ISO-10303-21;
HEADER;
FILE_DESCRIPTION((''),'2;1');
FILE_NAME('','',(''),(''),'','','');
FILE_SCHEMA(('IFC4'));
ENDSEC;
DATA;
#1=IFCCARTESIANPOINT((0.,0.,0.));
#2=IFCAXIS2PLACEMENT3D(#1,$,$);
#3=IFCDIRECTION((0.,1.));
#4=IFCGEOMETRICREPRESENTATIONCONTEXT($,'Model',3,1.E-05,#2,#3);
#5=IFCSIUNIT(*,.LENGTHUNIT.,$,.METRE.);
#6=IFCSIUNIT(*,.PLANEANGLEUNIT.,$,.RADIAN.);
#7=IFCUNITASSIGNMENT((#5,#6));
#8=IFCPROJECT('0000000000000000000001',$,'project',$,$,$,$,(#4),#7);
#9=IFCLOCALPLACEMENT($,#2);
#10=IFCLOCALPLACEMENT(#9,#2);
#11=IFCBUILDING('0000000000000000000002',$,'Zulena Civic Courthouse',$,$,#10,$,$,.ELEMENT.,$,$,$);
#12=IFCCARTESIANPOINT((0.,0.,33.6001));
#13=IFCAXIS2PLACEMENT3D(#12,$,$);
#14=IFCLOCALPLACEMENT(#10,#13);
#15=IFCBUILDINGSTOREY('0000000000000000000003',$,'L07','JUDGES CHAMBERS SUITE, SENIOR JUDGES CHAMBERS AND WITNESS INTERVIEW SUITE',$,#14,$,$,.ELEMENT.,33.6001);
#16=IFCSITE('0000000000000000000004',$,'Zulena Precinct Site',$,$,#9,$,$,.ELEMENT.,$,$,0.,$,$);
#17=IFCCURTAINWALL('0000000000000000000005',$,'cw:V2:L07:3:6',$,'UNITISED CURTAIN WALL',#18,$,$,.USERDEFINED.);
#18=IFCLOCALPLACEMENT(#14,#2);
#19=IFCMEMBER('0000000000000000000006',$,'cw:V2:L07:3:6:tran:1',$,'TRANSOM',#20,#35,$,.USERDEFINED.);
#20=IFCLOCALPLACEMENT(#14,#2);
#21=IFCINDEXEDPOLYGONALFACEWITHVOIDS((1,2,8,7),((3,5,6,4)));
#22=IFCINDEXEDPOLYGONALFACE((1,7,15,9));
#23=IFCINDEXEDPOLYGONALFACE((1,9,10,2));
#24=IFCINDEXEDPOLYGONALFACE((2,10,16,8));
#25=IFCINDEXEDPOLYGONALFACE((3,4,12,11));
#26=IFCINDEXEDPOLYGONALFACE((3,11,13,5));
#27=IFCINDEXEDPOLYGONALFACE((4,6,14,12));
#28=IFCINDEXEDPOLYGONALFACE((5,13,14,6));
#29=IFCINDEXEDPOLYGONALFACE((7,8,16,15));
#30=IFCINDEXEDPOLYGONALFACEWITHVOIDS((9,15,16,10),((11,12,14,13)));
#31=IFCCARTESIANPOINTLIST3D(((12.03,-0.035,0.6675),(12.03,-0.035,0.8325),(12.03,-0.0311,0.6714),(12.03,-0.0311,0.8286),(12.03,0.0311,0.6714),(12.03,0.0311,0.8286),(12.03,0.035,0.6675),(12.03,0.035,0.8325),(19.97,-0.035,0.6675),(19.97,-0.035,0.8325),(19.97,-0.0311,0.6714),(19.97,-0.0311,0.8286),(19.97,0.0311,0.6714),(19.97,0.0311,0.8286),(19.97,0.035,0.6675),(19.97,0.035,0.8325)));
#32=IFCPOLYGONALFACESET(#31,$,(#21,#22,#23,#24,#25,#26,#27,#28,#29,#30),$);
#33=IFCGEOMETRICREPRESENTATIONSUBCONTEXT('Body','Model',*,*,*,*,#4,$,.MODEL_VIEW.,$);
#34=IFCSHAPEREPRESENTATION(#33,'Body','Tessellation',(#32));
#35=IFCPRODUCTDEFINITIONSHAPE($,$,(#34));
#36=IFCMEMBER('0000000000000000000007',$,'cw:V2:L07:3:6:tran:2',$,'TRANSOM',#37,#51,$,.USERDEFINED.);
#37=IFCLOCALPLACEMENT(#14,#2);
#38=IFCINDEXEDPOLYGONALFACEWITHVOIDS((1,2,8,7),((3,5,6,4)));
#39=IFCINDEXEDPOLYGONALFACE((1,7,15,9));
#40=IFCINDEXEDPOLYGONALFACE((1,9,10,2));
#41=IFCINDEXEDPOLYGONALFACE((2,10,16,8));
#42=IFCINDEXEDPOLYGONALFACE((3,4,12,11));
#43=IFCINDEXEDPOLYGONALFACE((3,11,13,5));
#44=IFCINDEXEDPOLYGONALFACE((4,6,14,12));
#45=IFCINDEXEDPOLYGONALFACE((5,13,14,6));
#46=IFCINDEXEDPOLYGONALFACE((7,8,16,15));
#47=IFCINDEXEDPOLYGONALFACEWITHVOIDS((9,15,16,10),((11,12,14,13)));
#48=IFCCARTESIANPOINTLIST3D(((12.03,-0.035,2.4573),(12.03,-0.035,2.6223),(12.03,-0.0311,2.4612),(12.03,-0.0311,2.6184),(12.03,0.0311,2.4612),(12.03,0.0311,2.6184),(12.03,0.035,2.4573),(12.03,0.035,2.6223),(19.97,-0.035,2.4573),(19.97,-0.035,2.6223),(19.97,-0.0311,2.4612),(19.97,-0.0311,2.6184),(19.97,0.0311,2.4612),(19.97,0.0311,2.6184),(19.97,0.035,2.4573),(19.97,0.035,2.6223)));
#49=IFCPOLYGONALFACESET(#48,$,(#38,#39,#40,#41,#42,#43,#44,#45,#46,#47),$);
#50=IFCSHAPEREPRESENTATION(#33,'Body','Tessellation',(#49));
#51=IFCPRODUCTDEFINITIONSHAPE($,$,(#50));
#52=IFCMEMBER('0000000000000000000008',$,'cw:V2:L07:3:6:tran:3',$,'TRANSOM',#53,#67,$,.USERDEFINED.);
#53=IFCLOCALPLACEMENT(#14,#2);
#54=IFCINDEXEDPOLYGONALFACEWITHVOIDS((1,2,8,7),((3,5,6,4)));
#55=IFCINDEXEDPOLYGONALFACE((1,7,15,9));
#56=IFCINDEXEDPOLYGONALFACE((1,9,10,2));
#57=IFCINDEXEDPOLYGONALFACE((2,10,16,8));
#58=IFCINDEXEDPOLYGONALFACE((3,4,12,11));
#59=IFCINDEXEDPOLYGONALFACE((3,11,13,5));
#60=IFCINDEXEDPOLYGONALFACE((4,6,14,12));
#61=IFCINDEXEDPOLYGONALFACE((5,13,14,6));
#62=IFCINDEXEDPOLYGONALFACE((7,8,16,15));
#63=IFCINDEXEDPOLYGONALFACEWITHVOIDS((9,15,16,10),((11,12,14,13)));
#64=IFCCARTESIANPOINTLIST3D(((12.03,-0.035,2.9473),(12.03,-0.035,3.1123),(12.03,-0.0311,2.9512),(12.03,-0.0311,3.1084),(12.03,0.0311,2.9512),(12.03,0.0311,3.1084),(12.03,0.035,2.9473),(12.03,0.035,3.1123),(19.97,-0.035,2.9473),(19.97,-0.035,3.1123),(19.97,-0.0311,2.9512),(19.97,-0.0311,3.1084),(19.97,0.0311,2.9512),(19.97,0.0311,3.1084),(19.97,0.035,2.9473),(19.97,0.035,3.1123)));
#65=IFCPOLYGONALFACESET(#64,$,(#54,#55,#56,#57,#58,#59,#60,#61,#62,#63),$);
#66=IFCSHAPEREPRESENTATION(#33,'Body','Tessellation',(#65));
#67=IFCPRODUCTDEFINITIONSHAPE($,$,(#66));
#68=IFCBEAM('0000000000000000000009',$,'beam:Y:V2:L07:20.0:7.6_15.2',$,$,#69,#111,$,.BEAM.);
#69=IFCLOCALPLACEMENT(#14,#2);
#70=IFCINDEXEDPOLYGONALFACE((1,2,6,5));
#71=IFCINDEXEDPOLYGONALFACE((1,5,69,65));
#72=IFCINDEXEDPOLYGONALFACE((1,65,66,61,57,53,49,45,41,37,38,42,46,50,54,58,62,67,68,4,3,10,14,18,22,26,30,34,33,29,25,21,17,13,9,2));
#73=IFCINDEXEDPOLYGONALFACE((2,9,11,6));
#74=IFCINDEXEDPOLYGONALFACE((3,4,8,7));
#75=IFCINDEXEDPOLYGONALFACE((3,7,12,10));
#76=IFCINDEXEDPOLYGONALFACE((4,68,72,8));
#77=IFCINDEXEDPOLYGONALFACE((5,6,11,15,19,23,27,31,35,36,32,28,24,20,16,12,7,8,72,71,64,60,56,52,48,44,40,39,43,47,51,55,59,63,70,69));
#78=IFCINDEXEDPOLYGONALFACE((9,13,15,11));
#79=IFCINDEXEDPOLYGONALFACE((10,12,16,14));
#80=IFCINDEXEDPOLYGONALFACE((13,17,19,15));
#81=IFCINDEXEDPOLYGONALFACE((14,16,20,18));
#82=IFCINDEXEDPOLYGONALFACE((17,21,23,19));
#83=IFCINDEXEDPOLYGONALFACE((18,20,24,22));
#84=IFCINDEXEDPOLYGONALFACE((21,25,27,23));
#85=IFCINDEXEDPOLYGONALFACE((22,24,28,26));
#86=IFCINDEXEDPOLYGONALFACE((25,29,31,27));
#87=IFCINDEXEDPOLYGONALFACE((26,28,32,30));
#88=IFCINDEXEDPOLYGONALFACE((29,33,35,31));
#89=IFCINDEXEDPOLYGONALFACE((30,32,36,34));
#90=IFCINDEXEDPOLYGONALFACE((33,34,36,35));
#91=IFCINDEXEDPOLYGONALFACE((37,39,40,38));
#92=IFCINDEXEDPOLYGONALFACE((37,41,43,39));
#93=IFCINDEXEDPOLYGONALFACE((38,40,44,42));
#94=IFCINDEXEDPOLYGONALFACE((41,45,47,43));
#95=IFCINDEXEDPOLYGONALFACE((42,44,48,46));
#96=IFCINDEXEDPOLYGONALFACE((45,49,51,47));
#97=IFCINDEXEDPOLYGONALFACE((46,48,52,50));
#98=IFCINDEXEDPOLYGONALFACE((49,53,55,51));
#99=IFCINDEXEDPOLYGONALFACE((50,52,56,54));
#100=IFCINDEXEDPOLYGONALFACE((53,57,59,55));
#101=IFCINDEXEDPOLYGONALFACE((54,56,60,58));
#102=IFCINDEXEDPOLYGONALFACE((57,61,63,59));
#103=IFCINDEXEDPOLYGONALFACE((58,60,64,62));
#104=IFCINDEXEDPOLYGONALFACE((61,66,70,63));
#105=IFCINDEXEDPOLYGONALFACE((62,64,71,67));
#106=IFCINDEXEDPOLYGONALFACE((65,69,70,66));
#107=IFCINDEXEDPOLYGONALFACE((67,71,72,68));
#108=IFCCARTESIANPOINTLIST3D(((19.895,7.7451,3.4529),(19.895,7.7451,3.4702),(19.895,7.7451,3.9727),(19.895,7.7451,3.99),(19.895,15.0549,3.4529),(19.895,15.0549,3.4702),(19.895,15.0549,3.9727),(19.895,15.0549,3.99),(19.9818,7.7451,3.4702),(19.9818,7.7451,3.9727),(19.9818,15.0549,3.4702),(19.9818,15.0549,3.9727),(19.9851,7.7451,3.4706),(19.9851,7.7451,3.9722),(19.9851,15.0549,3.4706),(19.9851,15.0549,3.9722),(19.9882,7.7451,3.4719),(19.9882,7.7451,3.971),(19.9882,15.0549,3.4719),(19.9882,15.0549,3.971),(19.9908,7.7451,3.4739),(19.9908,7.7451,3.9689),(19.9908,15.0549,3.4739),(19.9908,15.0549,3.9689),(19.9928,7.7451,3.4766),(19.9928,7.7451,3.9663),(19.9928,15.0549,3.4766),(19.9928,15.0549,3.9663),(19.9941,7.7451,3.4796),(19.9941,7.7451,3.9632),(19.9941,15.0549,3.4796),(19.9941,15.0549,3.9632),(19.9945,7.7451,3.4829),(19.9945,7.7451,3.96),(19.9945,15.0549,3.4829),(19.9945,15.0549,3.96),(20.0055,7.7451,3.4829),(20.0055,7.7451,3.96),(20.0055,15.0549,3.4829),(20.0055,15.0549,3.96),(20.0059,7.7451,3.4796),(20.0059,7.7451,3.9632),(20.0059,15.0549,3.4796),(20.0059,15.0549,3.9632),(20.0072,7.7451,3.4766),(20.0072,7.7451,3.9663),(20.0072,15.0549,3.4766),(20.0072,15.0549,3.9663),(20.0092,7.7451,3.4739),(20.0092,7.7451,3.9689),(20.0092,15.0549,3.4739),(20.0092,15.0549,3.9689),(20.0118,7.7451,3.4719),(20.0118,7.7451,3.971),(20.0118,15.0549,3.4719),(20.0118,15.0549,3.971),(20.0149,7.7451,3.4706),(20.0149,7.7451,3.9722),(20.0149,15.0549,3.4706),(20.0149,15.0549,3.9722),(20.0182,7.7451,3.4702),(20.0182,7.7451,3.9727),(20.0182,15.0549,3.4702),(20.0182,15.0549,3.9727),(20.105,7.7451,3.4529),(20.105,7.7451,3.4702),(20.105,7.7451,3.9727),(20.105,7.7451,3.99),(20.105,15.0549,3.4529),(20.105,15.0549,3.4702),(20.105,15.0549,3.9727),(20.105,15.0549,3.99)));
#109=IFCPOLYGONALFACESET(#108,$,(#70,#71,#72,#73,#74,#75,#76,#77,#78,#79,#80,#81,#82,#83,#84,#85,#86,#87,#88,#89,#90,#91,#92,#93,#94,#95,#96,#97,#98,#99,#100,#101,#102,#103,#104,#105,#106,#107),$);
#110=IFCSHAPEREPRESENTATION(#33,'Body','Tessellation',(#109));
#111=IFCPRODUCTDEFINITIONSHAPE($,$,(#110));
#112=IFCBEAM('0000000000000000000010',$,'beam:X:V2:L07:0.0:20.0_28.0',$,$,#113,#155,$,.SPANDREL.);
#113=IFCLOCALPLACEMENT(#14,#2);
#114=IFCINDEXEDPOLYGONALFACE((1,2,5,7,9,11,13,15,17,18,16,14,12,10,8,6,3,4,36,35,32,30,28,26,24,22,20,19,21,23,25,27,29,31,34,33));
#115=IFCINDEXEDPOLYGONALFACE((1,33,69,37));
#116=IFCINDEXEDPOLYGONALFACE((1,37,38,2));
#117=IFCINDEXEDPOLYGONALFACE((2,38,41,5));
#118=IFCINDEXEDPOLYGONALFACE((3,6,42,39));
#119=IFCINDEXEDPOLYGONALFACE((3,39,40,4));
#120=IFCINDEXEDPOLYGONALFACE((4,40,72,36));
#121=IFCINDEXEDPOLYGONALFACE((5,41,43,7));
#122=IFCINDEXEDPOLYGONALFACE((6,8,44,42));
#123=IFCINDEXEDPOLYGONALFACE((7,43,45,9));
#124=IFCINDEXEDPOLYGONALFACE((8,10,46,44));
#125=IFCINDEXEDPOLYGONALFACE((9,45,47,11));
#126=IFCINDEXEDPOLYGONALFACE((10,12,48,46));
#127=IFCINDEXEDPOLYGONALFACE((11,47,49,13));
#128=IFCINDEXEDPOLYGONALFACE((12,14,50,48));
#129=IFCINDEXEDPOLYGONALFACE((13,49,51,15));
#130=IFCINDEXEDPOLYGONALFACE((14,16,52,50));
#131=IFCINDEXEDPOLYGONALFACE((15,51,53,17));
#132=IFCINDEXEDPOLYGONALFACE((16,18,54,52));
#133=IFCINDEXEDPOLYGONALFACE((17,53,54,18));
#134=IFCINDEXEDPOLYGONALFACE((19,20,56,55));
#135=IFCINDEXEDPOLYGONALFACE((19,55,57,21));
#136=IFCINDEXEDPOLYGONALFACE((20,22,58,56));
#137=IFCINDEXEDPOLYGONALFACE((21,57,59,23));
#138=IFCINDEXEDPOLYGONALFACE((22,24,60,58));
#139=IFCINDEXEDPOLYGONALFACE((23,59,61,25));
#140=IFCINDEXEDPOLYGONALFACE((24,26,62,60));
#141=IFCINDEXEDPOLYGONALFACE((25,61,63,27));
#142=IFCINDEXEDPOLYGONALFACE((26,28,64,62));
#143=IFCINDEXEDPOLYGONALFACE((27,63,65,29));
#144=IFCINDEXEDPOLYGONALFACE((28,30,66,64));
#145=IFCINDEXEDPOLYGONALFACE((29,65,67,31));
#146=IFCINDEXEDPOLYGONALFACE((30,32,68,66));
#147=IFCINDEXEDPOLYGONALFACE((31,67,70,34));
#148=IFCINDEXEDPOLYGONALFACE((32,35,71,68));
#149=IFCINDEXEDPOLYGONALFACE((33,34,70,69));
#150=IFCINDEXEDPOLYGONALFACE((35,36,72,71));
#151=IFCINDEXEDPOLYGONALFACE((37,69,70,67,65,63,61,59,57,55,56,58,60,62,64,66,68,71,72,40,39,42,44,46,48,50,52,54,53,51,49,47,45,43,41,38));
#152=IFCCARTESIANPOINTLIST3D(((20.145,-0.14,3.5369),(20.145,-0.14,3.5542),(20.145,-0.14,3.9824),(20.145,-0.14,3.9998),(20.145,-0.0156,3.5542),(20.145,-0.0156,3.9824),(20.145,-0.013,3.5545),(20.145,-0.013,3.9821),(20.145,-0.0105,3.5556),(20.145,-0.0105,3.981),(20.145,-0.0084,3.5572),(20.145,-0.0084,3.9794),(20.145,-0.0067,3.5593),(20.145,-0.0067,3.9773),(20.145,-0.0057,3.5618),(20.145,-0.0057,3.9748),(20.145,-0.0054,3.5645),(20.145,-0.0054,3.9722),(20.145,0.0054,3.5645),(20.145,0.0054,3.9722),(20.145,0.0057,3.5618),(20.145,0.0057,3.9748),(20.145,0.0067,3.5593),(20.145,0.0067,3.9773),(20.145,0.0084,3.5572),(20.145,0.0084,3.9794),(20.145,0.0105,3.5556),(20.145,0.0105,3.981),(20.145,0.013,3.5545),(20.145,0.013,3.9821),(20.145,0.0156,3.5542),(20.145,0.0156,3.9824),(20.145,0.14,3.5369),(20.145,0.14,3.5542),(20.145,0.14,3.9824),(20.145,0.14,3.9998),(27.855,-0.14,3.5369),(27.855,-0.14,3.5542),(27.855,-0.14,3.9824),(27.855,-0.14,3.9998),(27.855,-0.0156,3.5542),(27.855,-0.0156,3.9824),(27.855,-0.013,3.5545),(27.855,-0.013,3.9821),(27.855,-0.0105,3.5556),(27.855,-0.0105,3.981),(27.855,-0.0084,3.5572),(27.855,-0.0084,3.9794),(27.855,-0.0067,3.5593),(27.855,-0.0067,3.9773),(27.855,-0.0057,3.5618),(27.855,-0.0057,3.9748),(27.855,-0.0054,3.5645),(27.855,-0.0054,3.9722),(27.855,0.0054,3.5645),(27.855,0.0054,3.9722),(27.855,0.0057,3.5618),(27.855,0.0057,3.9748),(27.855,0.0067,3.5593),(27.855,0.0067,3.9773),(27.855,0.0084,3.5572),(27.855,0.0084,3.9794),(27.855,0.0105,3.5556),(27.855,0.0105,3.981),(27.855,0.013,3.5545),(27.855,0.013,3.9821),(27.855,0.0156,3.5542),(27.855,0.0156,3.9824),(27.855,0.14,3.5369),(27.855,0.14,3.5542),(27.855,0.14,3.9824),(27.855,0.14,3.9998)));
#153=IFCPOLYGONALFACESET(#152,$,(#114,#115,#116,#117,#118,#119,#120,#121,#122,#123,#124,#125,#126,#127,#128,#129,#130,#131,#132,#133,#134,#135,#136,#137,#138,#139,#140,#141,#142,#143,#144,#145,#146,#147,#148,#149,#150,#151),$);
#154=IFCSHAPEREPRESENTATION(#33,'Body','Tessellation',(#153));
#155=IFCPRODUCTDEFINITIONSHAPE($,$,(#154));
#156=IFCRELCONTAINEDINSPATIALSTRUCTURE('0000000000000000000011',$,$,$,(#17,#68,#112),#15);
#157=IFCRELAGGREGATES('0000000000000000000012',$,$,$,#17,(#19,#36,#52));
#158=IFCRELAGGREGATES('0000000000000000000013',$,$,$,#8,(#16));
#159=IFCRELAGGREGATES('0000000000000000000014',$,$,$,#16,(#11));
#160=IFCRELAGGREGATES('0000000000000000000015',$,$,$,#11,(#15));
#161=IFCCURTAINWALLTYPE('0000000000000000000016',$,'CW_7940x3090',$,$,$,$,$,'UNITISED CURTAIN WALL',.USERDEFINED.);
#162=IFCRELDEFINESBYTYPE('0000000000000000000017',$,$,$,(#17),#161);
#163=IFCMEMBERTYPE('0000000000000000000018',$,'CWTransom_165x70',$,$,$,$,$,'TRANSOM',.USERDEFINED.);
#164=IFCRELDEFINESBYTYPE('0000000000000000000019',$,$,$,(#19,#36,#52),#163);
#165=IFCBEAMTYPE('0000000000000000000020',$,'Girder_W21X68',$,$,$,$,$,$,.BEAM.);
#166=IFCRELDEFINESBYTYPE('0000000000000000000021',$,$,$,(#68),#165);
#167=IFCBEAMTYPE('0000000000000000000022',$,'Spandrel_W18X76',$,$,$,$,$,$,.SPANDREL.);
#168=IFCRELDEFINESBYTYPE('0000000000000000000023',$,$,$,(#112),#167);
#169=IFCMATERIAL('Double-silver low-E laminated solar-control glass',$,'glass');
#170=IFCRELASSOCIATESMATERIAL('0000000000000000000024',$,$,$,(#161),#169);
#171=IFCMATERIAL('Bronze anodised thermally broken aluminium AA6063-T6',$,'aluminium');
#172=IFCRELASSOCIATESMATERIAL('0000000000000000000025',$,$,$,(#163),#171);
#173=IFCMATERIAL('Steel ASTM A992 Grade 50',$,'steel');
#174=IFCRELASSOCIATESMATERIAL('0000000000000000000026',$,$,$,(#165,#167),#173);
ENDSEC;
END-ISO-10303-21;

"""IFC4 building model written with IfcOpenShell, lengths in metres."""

from ifc_helpers import new_model, si_unit, direction, frame, origin, origin_2d, place, context, subcontext, project, spatial, hollow_rectangle, i_section, extrude, material, material_profile, profile_set, type_object, element, aggregate, save


model = new_model("IFC4")

# Units and contexts
model_context = context("Model", 3, precision=1e-05, world=origin(), true_north=direction((0.0, 1.0)))
body_context = subcontext(model_context, "Body", "Model", "MODEL_VIEW")
ifc_project = project(units=[si_unit("LENGTHUNIT", "METRE"), si_unit("PLANEANGLEUNIT", "RADIAN")], contexts=[model_context])

# Site, building, storey
site_placement = place(None, origin())
site = spatial("IfcSite", under=ifc_project, at=site_placement, Name="Zulena Precinct Site", CompositionType="ELEMENT", RefElevation=0.0)
building_placement = place(site_placement, origin())
building = spatial("IfcBuilding", under=site, at=building_placement, Name="Zulena Civic Courthouse", CompositionType="ELEMENT")
storey_placement = place(building_placement, frame((0.0, 0.0, 33.6001)))
storey = spatial("IfcBuildingStorey", under=building, at=storey_placement, Name="L07", Description="JUDGES CHAMBERS SUITE, SENIOR JUDGES CHAMBERS AND WITNESS INTERVIEW SUITE", CompositionType="ELEMENT", Elevation=33.6001)

# Shared definitions
ifc_material_1 = material(Name="Steel ASTM A992 Grade 50", Category="steel")

# Shared definitions
ifc_material_2 = material(Name="Double-silver low-E laminated solar-control glass", Category="glass")
curtain_wall_type = type_object("IfcCurtainWallType", Name="CW_7940x3090", ElementType="UNITISED CURTAIN WALL", PredefinedType="USERDEFINED", material=ifc_material_2)
ifc_material_3 = material(Name="Bronze anodised thermally broken aluminium AA6063-T6", Category="aluminium")

# Curtain wall, members
curtain_wall_1_placement = place(storey_placement, origin())
curtain_wall_1 = element("IfcCurtainWall", 1, at=curtain_wall_1_placement, inside=storey, type_object=curtain_wall_type, Name="cw:V2:L07:3:6", ObjectType="UNITISED CURTAIN WALL", PredefinedType="USERDEFINED")
ifc_material_profile_1 = material_profile(ifc_material_3, hollow_rectangle(XDim=0.0701, YDim=0.165, WallThickness=0.0039, at=origin_2d()), Name="CWT165X70X4")
ifc_profile_set_1 = profile_set([ifc_material_profile_1], Name="Bronze anodised thermally broken aluminium AA6063-T6")
member_type_1 = type_object("IfcMemberType", Name="CWTransom_165x70", ElementType="TRANSOM", PredefinedType="USERDEFINED", material=ifc_profile_set_1)
member_1_placement = place(storey_placement, frame((19.97, 0.0, 0.75), z_axis=(-1.0, 0.0, 0.0), x_axis=(0.0, -1.0, 0.0)))
member_1 = element("IfcMember", 2, at=member_1_placement, type_object=member_type_1, Name="cw:V2:L07:3:6:tran:1", ObjectType="TRANSOM", PredefinedType="USERDEFINED", context=body_context, shape_type="SweptSolid", body=[
    extrude(hollow_rectangle(XDim=0.0701, YDim=0.165, WallThickness=0.0039, at=origin_2d()), origin(), (0.0, 0.0, 1.0), 7.9399),
])
member_2_placement = place(storey_placement, frame((19.97, 0.0, 2.5398), z_axis=(-1.0, 0.0, 0.0), x_axis=(0.0, -1.0, 0.0)))
member_2 = element("IfcMember", 3, at=member_2_placement, type_object=member_type_1, Name="cw:V2:L07:3:6:tran:2", ObjectType="TRANSOM", PredefinedType="USERDEFINED", context=body_context, shape_type="SweptSolid", body=[
    extrude(hollow_rectangle(XDim=0.0701, YDim=0.165, WallThickness=0.0039, at=origin_2d()), origin(), (0.0, 0.0, 1.0), 7.9399),
])
member_3_placement = place(storey_placement, frame((19.97, 0.0, 3.0298), z_axis=(-1.0, 0.0, 0.0), x_axis=(0.0, -1.0, 0.0)))
member_3 = element("IfcMember", 4, at=member_3_placement, type_object=member_type_1, Name="cw:V2:L07:3:6:tran:3", ObjectType="TRANSOM", PredefinedType="USERDEFINED", context=body_context, shape_type="SweptSolid", body=[
    extrude(hollow_rectangle(XDim=0.0701, YDim=0.165, WallThickness=0.0039, at=origin_2d()), origin(), (0.0, 0.0, 1.0), 7.9399),
])

# Beams
ifc_material_profile_2 = material_profile(ifc_material_1, i_section(OverallWidth=0.21, OverallDepth=0.5371, WebThickness=0.011, FlangeThickness=0.0173, FilletRadius=0.0127, at=origin_2d()), Name="W21X68")
ifc_profile_set_2 = profile_set([ifc_material_profile_2], Name="Steel ASTM A992 Grade 50")
beam_type_1 = type_object("IfcBeamType", Name="Girder_W21X68", PredefinedType="BEAM", material=ifc_profile_set_2)
beam_1_placement = place(storey_placement, frame((20.0, 7.7451, 3.7214), z_axis=(0.0, 1.0, 0.0), x_axis=(-1.0, 0.0, 0.0)))
element("IfcBeam", 5, at=beam_1_placement, inside=storey, type_object=beam_type_1, Name="beam:Y:V2:L07:20.0:7.6_15.2", PredefinedType="BEAM", context=body_context, shape_type="SweptSolid", body=[
    extrude(i_section(OverallWidth=0.21, OverallDepth=0.5371, WebThickness=0.011, FlangeThickness=0.0173, FilletRadius=0.0127, at=origin_2d()), origin(), (0.0, 0.0, 1.0), 7.3098),
])
ifc_material_profile_3 = material_profile(ifc_material_1, i_section(OverallWidth=0.28, OverallDepth=0.4629, WebThickness=0.0107, FlangeThickness=0.0173, FilletRadius=0.0103, at=origin_2d()), Name="W18X76")
ifc_profile_set_3 = profile_set([ifc_material_profile_3], Name="Steel ASTM A992 Grade 50")
beam_type_2 = type_object("IfcBeamType", Name="Spandrel_W18X76", PredefinedType="SPANDREL", material=ifc_profile_set_3)
beam_2_placement = place(storey_placement, frame((20.145, 0.0, 3.7683), z_axis=(1.0, 0.0, 0.0), x_axis=(0.0, 1.0, 0.0)))
element("IfcBeam", 6, at=beam_2_placement, inside=storey, type_object=beam_type_2, Name="beam:X:V2:L07:0.0:20.0_28.0", PredefinedType="SPANDREL", context=body_context, shape_type="SweptSolid", body=[
    extrude(i_section(OverallWidth=0.28, OverallDepth=0.4629, WebThickness=0.0107, FlangeThickness=0.0173, FilletRadius=0.0103, at=origin_2d()), origin(), (0.0, 0.0, 1.0), 7.71),
])

aggregate(curtain_wall_1, [member_1, member_2, member_3])

save(model, "model.ifc")
